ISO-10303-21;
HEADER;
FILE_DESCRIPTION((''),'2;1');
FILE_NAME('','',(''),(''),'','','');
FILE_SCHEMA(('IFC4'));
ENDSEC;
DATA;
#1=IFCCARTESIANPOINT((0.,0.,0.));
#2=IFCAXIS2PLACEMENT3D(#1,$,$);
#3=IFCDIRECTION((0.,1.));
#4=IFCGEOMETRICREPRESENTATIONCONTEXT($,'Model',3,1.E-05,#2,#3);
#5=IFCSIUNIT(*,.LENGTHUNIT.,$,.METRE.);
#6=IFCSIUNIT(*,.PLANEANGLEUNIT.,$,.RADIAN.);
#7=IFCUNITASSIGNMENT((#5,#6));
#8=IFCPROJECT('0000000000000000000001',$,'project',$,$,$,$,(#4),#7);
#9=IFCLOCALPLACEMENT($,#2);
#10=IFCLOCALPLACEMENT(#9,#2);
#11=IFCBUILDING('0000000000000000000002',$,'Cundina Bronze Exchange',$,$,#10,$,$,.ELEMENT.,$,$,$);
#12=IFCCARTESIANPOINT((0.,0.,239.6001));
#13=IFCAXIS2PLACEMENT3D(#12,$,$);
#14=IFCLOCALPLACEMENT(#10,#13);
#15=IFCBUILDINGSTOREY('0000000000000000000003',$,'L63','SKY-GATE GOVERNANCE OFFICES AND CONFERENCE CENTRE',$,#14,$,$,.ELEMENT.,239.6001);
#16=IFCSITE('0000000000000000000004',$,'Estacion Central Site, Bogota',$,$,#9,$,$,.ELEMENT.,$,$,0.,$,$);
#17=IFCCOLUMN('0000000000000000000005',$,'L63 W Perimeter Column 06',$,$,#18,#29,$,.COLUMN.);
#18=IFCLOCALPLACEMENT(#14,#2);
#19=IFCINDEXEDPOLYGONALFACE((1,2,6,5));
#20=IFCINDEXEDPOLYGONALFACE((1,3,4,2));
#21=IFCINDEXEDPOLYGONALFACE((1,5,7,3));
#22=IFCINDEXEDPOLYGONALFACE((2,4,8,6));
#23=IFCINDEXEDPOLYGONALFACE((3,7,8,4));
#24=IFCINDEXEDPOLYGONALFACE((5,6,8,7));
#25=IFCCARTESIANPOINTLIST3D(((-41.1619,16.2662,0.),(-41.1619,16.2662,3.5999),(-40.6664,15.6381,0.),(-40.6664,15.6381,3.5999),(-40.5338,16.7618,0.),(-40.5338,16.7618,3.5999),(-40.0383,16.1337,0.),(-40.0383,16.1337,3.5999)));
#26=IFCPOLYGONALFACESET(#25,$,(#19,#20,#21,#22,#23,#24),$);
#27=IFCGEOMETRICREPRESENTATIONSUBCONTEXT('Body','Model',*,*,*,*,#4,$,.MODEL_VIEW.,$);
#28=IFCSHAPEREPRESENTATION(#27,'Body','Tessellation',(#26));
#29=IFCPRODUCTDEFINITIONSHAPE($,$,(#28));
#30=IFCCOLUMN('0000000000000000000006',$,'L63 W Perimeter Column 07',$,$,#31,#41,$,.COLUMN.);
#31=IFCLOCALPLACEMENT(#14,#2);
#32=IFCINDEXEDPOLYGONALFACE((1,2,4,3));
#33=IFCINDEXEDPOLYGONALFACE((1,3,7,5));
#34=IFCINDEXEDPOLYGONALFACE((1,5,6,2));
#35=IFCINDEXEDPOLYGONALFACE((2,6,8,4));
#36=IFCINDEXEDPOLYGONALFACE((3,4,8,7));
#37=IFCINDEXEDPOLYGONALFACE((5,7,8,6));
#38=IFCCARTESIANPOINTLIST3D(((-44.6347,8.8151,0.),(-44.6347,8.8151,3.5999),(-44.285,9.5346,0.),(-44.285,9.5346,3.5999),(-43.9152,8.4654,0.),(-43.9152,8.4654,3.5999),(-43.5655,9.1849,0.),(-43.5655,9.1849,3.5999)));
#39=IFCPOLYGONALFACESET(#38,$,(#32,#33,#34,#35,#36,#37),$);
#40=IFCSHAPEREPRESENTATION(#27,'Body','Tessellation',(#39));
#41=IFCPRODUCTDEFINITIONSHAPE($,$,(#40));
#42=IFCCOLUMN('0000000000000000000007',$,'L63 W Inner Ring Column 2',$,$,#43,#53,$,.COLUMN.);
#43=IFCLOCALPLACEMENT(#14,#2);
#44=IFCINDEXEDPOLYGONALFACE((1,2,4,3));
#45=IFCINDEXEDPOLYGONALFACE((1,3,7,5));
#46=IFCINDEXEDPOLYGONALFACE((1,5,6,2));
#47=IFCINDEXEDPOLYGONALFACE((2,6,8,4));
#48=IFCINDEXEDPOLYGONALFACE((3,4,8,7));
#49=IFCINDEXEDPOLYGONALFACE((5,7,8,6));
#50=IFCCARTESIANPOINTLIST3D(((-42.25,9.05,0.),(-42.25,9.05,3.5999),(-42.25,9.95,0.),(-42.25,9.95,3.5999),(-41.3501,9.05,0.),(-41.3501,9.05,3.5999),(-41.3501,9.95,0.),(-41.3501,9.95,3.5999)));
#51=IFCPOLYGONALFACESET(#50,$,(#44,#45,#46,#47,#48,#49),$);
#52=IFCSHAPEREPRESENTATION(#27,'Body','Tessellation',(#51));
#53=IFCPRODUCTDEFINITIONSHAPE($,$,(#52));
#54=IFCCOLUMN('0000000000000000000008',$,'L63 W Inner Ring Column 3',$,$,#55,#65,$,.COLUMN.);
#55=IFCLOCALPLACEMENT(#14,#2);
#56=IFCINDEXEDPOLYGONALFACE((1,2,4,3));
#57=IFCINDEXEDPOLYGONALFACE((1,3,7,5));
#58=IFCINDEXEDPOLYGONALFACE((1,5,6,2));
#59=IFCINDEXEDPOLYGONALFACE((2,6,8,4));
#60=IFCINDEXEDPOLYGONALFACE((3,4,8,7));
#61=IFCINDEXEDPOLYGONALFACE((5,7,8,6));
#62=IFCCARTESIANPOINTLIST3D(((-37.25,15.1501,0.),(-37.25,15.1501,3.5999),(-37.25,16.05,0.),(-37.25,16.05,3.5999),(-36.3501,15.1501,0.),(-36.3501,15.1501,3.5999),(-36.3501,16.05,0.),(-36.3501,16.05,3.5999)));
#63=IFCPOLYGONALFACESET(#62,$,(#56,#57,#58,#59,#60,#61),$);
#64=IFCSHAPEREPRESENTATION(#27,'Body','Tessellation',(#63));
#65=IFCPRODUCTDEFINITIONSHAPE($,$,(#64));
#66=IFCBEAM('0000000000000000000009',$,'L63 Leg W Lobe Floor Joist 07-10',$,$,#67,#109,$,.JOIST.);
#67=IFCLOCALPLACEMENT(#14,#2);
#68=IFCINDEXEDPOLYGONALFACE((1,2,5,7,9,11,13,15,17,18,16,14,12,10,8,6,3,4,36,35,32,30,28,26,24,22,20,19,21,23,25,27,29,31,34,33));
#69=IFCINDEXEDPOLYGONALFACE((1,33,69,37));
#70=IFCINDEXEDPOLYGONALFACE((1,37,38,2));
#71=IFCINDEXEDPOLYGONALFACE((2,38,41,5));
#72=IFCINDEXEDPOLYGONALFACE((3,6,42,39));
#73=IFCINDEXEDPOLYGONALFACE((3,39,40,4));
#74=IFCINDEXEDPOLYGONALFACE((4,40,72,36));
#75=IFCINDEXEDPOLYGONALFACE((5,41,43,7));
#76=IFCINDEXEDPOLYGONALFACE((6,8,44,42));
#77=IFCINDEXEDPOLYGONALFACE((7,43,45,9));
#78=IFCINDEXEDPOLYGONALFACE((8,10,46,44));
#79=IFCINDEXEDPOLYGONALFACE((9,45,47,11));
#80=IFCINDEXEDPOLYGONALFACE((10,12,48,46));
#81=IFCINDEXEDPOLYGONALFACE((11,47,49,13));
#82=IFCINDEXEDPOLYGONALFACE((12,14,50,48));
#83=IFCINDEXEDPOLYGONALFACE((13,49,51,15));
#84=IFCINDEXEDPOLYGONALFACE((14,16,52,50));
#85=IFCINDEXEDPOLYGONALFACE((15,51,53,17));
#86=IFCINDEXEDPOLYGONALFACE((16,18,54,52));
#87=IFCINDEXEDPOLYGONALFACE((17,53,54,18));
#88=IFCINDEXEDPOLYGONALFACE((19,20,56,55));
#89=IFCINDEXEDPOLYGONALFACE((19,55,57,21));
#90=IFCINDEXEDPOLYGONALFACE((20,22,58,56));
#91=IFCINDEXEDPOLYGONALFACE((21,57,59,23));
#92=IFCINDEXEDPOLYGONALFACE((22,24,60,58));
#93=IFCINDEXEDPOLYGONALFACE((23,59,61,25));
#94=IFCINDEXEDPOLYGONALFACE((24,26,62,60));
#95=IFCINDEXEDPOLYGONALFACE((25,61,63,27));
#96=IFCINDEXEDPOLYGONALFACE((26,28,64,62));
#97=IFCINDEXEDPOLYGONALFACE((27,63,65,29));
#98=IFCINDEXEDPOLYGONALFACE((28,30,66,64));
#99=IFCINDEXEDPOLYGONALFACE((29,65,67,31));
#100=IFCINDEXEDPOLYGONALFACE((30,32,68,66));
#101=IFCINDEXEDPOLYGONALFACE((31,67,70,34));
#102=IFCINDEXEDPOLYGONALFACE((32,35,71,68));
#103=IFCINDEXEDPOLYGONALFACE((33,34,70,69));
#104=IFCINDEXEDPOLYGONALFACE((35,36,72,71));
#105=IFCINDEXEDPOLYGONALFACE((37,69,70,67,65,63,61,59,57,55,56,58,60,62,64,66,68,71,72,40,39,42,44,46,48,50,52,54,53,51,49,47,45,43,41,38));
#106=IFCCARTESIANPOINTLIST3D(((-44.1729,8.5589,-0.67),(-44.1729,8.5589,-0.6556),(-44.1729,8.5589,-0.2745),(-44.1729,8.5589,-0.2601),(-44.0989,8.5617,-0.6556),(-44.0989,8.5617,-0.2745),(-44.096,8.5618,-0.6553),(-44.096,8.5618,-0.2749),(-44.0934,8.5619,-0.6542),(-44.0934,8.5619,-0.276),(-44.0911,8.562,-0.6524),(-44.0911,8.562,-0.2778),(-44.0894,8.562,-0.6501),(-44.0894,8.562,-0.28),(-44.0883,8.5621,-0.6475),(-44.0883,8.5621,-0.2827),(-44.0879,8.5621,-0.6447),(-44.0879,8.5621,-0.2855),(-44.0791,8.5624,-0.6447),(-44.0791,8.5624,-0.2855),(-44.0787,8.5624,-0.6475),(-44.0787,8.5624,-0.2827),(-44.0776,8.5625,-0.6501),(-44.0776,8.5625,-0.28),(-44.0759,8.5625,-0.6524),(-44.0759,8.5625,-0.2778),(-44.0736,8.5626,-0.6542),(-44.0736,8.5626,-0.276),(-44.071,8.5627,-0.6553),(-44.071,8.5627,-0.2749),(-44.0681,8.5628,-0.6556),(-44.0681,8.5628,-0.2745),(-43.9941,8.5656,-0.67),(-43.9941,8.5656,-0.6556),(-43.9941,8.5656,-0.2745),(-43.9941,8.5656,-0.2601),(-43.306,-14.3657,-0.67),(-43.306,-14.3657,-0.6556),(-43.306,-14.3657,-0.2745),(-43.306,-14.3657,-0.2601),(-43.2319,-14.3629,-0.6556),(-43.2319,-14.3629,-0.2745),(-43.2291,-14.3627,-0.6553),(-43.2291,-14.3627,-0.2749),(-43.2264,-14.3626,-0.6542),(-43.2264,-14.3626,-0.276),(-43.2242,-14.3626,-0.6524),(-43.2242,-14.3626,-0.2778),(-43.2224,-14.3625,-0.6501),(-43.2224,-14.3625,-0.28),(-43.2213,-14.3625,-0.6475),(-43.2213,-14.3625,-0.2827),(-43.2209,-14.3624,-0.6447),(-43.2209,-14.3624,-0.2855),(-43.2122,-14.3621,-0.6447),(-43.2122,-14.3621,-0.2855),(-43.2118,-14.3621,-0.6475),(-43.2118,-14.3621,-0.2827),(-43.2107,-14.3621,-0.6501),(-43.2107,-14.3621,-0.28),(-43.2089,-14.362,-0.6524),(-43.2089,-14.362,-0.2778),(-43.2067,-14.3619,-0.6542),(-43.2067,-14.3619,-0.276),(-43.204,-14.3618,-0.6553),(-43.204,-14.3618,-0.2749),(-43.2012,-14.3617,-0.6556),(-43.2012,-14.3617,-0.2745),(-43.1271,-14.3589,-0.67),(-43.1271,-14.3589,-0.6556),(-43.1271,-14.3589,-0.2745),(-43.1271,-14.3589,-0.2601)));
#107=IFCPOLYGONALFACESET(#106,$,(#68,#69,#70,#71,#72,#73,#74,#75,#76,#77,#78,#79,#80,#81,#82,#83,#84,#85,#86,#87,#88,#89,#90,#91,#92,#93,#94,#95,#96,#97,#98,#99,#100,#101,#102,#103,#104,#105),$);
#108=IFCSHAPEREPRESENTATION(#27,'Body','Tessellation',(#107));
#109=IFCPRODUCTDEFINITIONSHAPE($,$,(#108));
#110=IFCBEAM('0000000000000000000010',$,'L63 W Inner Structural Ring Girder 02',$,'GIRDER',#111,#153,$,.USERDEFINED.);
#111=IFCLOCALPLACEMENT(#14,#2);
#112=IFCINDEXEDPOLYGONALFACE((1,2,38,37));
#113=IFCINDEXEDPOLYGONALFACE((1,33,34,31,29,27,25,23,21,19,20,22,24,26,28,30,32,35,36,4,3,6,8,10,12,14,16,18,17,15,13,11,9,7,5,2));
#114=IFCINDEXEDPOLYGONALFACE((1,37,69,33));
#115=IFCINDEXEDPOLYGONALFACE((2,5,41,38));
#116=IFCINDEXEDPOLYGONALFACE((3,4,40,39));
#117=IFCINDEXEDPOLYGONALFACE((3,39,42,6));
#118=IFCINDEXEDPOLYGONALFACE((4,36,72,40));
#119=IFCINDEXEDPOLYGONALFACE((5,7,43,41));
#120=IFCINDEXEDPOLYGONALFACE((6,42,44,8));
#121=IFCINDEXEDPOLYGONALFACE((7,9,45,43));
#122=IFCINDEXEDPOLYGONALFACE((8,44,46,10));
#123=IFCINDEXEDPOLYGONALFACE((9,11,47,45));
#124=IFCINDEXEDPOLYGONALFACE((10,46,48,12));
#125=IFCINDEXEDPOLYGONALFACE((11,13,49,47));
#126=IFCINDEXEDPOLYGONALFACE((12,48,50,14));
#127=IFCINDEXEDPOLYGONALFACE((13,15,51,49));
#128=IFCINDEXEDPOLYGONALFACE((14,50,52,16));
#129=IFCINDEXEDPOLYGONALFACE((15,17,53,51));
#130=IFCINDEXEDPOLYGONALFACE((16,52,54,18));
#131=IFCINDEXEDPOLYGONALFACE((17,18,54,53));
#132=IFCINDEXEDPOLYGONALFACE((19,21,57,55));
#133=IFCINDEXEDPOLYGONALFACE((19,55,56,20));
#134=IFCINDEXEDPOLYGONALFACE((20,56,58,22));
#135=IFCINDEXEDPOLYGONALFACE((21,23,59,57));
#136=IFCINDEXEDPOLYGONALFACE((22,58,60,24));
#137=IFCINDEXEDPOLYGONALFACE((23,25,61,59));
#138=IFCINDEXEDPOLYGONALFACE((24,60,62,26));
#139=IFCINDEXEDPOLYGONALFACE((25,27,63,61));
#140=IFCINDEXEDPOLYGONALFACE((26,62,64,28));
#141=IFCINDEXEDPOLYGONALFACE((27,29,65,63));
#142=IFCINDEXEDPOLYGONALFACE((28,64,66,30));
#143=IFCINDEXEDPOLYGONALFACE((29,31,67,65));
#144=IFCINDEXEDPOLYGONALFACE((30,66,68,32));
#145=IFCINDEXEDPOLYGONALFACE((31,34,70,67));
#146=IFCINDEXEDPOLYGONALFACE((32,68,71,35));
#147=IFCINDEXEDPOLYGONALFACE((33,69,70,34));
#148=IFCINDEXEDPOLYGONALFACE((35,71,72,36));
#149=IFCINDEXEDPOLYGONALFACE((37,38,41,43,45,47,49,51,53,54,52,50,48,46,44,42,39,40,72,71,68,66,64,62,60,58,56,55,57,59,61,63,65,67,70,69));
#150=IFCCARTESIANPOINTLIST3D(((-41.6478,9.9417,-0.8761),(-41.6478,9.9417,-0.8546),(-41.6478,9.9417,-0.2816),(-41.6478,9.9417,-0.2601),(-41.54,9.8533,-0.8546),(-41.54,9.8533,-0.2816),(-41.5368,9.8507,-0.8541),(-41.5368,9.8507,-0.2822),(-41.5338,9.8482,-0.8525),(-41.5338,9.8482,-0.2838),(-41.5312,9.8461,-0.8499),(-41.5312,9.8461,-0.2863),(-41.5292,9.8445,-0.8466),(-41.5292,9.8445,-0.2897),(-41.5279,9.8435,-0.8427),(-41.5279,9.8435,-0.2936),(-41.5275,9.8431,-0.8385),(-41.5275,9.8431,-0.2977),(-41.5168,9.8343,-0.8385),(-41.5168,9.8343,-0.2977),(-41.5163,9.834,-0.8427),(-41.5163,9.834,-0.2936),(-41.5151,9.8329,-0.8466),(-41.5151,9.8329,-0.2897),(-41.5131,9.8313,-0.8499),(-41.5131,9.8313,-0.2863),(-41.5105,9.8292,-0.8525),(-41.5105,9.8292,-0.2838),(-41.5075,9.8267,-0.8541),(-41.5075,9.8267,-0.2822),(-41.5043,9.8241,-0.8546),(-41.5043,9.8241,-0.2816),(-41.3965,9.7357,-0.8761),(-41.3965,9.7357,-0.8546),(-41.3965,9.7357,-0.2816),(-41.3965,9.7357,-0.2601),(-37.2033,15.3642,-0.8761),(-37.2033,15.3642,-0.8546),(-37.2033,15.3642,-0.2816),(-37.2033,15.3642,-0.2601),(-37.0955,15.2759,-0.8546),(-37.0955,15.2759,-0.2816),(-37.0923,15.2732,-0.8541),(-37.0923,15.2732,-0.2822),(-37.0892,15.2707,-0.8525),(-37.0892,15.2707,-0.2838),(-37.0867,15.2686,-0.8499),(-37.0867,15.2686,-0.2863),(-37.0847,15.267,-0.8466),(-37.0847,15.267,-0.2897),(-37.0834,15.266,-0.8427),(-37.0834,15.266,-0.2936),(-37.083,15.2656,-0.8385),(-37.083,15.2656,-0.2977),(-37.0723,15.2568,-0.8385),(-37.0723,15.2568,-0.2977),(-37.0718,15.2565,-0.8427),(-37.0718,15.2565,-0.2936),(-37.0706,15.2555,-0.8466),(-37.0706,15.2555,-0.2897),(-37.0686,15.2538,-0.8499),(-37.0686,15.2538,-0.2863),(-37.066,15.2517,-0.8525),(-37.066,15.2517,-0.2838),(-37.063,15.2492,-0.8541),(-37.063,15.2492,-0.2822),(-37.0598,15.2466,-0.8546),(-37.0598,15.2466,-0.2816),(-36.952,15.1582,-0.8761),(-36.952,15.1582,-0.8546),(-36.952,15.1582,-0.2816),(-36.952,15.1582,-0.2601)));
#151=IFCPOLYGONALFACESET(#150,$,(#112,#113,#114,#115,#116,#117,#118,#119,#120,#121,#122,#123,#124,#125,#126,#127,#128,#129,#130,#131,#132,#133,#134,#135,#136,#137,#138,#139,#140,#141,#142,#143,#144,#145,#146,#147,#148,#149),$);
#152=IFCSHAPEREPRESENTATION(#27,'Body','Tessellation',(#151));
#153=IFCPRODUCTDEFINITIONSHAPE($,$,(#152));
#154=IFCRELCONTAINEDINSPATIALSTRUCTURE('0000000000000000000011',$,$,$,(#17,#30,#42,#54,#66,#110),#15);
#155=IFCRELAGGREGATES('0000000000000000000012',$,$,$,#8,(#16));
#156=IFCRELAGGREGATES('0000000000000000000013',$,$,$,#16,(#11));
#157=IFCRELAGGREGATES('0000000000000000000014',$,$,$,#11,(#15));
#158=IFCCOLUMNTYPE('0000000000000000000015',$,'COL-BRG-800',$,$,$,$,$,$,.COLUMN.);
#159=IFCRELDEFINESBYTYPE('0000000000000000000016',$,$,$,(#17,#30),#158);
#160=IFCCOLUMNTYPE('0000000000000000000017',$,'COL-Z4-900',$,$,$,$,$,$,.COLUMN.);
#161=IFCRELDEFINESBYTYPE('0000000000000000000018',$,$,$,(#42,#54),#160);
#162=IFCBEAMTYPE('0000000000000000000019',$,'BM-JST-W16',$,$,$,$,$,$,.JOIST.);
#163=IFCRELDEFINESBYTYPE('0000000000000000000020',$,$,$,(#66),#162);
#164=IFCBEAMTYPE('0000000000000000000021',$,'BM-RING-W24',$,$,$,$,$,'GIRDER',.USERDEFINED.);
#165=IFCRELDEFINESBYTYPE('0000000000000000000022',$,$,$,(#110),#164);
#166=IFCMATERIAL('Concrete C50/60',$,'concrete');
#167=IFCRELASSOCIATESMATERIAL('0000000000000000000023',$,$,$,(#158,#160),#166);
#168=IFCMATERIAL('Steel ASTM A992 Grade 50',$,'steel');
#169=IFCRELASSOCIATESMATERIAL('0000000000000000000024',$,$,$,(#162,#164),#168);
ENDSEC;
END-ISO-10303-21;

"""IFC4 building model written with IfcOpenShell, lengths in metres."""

from ifc_helpers import new_model, si_unit, direction, frame, origin, origin_2d, place, context, subcontext, project, spatial, rectangle, i_section, extrude, material, material_profile, profile_set, type_object, element, save


model = new_model("IFC4")

# Units and contexts
model_context = context("Model", 3, precision=1e-05, world=origin(), true_north=direction((0.0, 1.0)))
body_context = subcontext(model_context, "Body", "Model", "MODEL_VIEW")
ifc_project = project(units=[si_unit("LENGTHUNIT", "METRE"), si_unit("PLANEANGLEUNIT", "RADIAN")], contexts=[model_context])

# Site, building, storey
site_placement = place(None, origin())
site = spatial("IfcSite", under=ifc_project, at=site_placement, Name="Estacion Central Site, Bogota", CompositionType="ELEMENT", RefElevation=0.0)
building_placement = place(site_placement, origin())
building = spatial("IfcBuilding", under=site, at=building_placement, Name="Cundina Bronze Exchange", CompositionType="ELEMENT")
storey_placement = place(building_placement, frame((0.0, 0.0, 239.6001)))
storey = spatial("IfcBuildingStorey", under=building, at=storey_placement, Name="L63", Description="SKY-GATE GOVERNANCE OFFICES AND CONFERENCE CENTRE", CompositionType="ELEMENT", Elevation=239.6001)

# Columns
ifc_material_1 = material(Name="Concrete C50/60", Category="concrete")
ifc_material_profile_1 = material_profile(ifc_material_1, rectangle(XDim=0.8, YDim=0.8, at=origin_2d()), Name="RC800X800", Category="concrete")
ifc_profile_set_1 = profile_set([ifc_material_profile_1], Name="Concrete C50/60")
column_type_1 = type_object("IfcColumnType", Name="COL-BRG-800", PredefinedType="COLUMN", material=ifc_profile_set_1)
for number, where, z_axis, x_axis, name in (
    (1, (-40.6001, 16.2, 0.0), (0.0, 0.0, 1.0), (-0.785101, -0.619368, 0.0), "L63 W Perimeter Column 06"),
    (2, (-44.1001, 9.0, 0.0), (0.0, 0.0, 1.0), (-0.437116, -0.899405, 0.0), "L63 W Perimeter Column 07"),
):
    element("IfcColumn", number, at=place(storey_placement, frame(where, z_axis=z_axis, x_axis=x_axis)), inside=storey, type_object=column_type_1, Name=name, PredefinedType="COLUMN", context=body_context, shape_type="SweptSolid", body=[
        extrude(rectangle(XDim=0.8, YDim=0.8, at=origin_2d()), origin(), (0.0, 0.0, 1.0), 3.5999),
    ])
ifc_material_profile_2 = material_profile(ifc_material_1, rectangle(XDim=0.8999, YDim=0.8999, at=origin_2d()), Name="RC900X900", Category="concrete")
ifc_profile_set_2 = profile_set([ifc_material_profile_2], Name="Concrete C50/60")
column_type_2 = type_object("IfcColumnType", Name="COL-Z4-900", PredefinedType="COLUMN", material=ifc_profile_set_2)
for number, where, z_axis, x_axis, name in (
    (3, (-41.8, 9.5, 0.0), (0.0, 0.0, 1.0), (1.0, 0.0, 0.0), "L63 W Inner Ring Column 2"),
    (4, (-36.8, 15.6001, 0.0), (0.0, 0.0, 1.0), (1.0, 0.0, 0.0), "L63 W Inner Ring Column 3"),
):
    element("IfcColumn", number, at=place(storey_placement, frame(where, z_axis=z_axis, x_axis=x_axis)), inside=storey, type_object=column_type_2, Name=name, PredefinedType="COLUMN", context=body_context, shape_type="SweptSolid", body=[
        extrude(rectangle(XDim=0.8999, YDim=0.8999, at=origin_2d()), origin(), (0.0, 0.0, 1.0), 3.5999),
    ])

# Beams
ifc_material_2 = material(Name="Steel ASTM A992 Grade 50", Category="steel")
ifc_material_profile_3 = material_profile(ifc_material_2, i_section(OverallWidth=0.179, OverallDepth=0.4099, WebThickness=0.0088, FlangeThickness=0.0144, FilletRadius=0.011, at=origin_2d()), Name="W16X45", Category="steel")
ifc_profile_set_3 = profile_set([ifc_material_profile_3], Name="Steel ASTM A992 Grade 50")
beam_type_1 = type_object("IfcBeamType", Name="BM-JST-W16", PredefinedType="JOIST", material=ifc_profile_set_3)
beam_1_placement = place(storey_placement, frame((-44.0835, 8.5623, -0.4651), z_axis=(0.03779, -0.999286, 0.0), x_axis=(0.999286, 0.03779, 0.0)))
element("IfcBeam", 5, at=beam_1_placement, inside=storey, type_object=beam_type_1, Name="L63 Leg W Lobe Floor Joist 07-10", PredefinedType="JOIST", context=body_context, shape_type="SweptSolid", body=[
    extrude(i_section(OverallWidth=0.179, OverallDepth=0.4099, WebThickness=0.0088, FlangeThickness=0.0144, FilletRadius=0.011, at=origin_2d()), origin(), (0.0, 0.0, 1.0), 22.9409),
])
ifc_material_profile_4 = material_profile(ifc_material_2, i_section(OverallWidth=0.325, OverallDepth=0.616, WebThickness=0.0139, FlangeThickness=0.0215, FilletRadius=0.0161, at=origin_2d()), Name="W24X117", Category="steel")
ifc_profile_set_4 = profile_set([ifc_material_profile_4], Name="Steel ASTM A992 Grade 50")
beam_type_2 = type_object("IfcBeamType", Name="BM-RING-W24", ElementType="GIRDER", PredefinedType="USERDEFINED", material=ifc_profile_set_4)
beam_2_placement = place(storey_placement, frame((-37.0776, 15.2612, -0.5681), z_axis=(-0.633913, -0.773405, 0.0), x_axis=(0.773405, -0.633913, 0.0)))
element("IfcBeam", 6, at=beam_2_placement, inside=storey, type_object=beam_type_2, Name="L63 W Inner Structural Ring Girder 02", ObjectType="GIRDER", PredefinedType="USERDEFINED", context=body_context, shape_type="SweptSolid", body=[
    extrude(i_section(OverallWidth=0.325, OverallDepth=0.616, WebThickness=0.0139, FlangeThickness=0.0215, FilletRadius=0.0161, at=origin_2d()), origin(), (0.0, 0.0, 1.0), 7.0112),
])

save(model, "model.ifc")
